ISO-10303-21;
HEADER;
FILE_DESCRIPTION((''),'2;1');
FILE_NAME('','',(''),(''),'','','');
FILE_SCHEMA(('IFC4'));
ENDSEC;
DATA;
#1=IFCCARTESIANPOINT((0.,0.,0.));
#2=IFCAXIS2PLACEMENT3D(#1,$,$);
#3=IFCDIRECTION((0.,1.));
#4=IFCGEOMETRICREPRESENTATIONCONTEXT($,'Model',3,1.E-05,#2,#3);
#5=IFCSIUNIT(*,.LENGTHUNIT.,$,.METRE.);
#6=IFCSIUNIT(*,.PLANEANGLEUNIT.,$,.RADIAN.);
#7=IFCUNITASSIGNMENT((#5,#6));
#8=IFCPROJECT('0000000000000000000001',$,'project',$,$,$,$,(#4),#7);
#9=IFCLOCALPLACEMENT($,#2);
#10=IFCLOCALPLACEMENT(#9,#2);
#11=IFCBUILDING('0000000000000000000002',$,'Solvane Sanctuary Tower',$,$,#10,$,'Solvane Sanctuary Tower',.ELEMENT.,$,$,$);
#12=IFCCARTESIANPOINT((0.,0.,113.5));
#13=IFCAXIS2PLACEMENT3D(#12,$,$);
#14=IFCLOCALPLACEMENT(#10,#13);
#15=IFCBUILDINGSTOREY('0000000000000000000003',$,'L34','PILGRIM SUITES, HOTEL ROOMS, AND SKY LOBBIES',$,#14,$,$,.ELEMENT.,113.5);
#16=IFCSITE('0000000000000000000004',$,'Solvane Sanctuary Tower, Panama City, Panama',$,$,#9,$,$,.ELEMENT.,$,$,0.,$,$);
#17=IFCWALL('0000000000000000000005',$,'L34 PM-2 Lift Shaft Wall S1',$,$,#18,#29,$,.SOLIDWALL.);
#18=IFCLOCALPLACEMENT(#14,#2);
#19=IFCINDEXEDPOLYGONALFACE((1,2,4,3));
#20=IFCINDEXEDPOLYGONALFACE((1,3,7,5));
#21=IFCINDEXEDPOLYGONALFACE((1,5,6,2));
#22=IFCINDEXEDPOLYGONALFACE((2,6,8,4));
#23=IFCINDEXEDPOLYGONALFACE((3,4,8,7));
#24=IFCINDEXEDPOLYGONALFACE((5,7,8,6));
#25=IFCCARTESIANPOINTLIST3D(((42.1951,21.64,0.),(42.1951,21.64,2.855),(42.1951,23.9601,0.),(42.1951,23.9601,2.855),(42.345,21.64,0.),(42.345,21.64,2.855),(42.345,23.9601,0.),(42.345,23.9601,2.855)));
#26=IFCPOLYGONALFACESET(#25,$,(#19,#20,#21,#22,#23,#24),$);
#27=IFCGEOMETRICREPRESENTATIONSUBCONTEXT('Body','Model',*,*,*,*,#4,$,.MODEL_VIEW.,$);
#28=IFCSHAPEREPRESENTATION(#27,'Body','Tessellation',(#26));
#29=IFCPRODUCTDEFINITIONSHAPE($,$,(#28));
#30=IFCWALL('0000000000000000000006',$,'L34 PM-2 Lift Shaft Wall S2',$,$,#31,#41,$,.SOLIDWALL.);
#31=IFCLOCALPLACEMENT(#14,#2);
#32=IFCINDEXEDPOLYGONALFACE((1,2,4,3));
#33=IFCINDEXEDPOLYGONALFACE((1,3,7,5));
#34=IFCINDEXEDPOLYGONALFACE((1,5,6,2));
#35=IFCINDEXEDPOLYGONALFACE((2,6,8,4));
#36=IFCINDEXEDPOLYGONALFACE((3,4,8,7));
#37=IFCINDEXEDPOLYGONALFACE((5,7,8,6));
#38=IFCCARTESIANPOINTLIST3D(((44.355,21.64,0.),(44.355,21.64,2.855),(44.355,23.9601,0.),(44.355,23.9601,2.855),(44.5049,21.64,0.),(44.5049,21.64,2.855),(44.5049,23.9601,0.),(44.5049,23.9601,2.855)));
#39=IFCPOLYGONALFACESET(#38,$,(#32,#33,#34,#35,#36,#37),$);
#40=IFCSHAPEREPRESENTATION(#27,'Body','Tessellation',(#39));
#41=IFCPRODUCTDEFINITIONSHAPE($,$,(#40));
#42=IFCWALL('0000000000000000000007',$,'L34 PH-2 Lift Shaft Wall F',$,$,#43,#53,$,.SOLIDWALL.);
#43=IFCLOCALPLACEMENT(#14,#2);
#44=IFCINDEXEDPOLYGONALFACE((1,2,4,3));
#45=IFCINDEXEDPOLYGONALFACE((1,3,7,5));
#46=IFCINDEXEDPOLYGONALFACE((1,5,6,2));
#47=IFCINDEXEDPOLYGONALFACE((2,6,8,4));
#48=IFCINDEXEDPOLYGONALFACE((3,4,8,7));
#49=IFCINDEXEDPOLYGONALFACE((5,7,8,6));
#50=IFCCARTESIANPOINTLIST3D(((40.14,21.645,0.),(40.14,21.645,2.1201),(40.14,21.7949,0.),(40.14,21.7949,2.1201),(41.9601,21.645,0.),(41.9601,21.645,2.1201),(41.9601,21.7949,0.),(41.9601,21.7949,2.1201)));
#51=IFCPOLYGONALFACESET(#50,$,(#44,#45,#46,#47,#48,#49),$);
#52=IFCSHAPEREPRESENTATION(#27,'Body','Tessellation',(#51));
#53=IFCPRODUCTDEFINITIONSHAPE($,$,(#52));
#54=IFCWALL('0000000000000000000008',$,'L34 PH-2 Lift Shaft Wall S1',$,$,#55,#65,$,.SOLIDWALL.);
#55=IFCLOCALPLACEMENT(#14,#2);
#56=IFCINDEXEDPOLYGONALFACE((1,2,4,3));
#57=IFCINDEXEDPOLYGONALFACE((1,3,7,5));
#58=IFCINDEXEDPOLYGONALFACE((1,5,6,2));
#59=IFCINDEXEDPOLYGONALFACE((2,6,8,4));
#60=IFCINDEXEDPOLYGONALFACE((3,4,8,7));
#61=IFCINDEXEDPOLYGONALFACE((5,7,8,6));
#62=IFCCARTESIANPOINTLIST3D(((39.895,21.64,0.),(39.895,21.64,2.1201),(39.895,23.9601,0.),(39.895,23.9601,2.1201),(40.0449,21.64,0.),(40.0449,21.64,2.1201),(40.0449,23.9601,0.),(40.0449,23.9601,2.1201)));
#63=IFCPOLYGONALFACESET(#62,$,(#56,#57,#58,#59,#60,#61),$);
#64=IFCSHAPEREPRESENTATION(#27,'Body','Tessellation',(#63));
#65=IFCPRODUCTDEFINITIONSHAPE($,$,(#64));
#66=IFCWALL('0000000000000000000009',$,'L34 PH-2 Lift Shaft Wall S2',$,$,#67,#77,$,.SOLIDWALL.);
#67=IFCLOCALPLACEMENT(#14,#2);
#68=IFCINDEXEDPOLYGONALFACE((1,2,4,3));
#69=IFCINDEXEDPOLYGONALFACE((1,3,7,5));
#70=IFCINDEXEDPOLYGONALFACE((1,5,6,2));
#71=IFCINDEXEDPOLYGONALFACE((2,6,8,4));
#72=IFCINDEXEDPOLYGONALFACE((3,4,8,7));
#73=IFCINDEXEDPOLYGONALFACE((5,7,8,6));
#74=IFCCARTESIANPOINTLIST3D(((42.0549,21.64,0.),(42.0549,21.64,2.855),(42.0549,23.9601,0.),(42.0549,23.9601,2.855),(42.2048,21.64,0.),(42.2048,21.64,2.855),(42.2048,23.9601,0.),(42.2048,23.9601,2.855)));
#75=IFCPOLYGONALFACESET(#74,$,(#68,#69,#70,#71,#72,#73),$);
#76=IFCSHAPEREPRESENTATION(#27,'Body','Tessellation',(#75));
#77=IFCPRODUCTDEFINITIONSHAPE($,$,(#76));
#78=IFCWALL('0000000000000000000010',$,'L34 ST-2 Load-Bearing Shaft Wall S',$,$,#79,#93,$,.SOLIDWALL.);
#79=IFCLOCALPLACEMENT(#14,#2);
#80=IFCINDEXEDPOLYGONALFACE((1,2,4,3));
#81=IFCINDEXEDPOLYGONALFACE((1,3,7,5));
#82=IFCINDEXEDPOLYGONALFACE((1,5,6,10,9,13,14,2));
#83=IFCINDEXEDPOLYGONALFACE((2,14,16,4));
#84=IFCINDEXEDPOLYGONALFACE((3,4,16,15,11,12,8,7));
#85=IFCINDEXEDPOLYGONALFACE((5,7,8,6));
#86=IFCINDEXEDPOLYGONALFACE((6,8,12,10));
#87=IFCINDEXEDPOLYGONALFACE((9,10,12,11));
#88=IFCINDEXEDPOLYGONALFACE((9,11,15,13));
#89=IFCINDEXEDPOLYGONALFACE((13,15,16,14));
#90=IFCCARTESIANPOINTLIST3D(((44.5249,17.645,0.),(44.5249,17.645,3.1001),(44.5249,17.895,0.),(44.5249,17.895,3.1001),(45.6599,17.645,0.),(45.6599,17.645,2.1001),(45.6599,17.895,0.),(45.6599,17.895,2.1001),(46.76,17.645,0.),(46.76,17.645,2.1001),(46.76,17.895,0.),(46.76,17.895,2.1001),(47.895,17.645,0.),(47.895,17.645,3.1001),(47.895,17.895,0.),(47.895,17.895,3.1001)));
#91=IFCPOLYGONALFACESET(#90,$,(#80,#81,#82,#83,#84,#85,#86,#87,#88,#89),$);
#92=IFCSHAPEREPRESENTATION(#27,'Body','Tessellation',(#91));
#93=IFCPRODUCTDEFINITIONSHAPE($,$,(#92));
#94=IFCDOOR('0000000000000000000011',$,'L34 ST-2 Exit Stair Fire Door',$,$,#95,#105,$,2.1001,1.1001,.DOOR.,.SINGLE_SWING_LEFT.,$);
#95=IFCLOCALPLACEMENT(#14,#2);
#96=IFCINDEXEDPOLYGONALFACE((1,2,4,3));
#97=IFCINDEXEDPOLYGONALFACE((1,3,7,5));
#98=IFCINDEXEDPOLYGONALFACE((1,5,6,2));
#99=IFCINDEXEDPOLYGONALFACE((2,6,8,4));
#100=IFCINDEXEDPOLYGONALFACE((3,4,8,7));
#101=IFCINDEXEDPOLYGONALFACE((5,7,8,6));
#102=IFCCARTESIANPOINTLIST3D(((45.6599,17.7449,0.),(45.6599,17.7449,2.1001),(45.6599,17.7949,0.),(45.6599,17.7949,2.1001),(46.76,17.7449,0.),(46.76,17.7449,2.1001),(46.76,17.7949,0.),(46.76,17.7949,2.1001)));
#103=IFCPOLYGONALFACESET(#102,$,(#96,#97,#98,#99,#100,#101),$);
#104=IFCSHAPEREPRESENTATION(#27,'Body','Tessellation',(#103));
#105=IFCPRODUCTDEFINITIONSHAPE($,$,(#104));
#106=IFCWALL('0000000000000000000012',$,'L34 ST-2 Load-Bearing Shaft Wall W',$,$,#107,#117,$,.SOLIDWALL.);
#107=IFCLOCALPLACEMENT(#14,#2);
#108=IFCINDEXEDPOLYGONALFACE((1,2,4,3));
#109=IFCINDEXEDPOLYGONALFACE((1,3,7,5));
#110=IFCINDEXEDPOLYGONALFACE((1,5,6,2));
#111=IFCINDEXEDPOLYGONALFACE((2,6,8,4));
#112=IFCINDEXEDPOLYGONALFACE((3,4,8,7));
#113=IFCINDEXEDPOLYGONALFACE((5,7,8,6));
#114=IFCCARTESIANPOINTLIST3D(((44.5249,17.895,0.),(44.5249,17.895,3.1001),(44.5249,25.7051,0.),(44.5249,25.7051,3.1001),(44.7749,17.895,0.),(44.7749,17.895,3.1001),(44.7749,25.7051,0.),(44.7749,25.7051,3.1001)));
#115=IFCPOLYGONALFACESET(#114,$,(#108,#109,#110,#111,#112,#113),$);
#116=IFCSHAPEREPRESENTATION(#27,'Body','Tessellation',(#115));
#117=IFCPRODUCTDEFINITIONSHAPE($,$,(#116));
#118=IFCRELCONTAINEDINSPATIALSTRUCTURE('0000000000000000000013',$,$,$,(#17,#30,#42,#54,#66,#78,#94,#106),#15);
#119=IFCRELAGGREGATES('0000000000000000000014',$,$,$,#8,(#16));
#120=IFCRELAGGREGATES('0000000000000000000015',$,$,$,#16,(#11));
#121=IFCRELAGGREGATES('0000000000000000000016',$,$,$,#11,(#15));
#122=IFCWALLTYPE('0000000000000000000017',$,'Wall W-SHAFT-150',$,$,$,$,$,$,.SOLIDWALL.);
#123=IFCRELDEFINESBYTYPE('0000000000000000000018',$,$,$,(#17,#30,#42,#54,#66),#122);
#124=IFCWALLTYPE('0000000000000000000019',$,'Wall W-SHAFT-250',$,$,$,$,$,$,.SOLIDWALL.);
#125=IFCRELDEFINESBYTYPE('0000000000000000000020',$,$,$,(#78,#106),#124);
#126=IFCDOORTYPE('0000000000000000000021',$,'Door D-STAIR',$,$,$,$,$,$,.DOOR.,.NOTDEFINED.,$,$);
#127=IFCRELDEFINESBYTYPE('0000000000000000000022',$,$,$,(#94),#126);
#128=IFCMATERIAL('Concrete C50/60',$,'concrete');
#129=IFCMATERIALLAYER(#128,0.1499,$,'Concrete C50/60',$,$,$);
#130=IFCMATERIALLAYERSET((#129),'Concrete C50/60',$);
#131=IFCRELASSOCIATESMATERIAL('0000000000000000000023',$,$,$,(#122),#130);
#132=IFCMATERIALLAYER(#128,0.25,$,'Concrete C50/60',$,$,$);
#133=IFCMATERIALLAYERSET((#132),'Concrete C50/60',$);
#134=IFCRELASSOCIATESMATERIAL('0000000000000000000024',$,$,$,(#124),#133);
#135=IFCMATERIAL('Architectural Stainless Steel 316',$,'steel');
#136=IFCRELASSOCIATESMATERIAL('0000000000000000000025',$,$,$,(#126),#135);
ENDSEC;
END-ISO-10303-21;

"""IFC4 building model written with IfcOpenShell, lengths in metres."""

from ifc_helpers import new_model, si_unit, direction, frame, frame_2d, origin, place, context, subcontext, project, spatial, rectangle, extrude, material, layer, layer_set, type_object, element, fill, save


model = new_model("IFC4")

# Units and contexts
model_context = context("Model", 3, precision=1e-05, world=origin(), true_north=direction((0.0, 1.0)))
body_context = subcontext(model_context, "Body", "Model", "MODEL_VIEW")
ifc_project = project(units=[si_unit("LENGTHUNIT", "METRE"), si_unit("PLANEANGLEUNIT", "RADIAN")], contexts=[model_context])

# Site, building, storey
site_placement = place(None, origin())
site = spatial("IfcSite", under=ifc_project, at=site_placement, Name="Solvane Sanctuary Tower, Panama City, Panama", CompositionType="ELEMENT", RefElevation=0.0)
building_placement = place(site_placement, origin())
building = spatial("IfcBuilding", under=site, at=building_placement, Name="Solvane Sanctuary Tower", LongName="Solvane Sanctuary Tower", CompositionType="ELEMENT")
storey_placement = place(building_placement, frame((0.0, 0.0, 113.5)))
storey = spatial("IfcBuildingStorey", under=building, at=storey_placement, Name="L34", Description="PILGRIM SUITES, HOTEL ROOMS, AND SKY LOBBIES", CompositionType="ELEMENT", Elevation=113.5)

# Shared definitions
ifc_material_1 = material(Name="Architectural Stainless Steel 316", Category="steel")

# Shared definitions
ifc_material_2 = material(Name="Concrete C50/60", Category="concrete")
ifc_layer_1 = layer(ifc_material_2, 0.1499, Name="Concrete C50/60")
ifc_layer_set_1 = layer_set([ifc_layer_1], Name="Concrete C50/60")
wall_type_1 = type_object("IfcWallType", Name="Wall W-SHAFT-150", PredefinedType="SOLIDWALL", material=ifc_layer_set_1)

# Walls
for number, where, z_axis, x_axis, name in (
    (1, (42.27, 21.6399, 0.0), (0.0, 0.0, 1.0), (0.0, 1.0, 0.0), "L34 PM-2 Lift Shaft Wall S1"),
    (2, (44.4299, 21.6399, 0.0), (0.0, 0.0, 1.0), (0.0, 1.0, 0.0), "L34 PM-2 Lift Shaft Wall S2"),
):
    element("IfcWall", number, at=place(storey_placement, frame(where, z_axis=z_axis, x_axis=x_axis)), inside=storey, type_object=wall_type_1, Name=name, PredefinedType="SOLIDWALL", context=body_context, shape_type="SweptSolid", body=[
        extrude(rectangle(XDim=2.3201, YDim=0.1499, at=frame_2d((1.1602, 0.0))), origin(), (0.0, 0.0, 1.0), 2.855),
    ])
wall_1_placement = place(storey_placement, frame((40.1399, 21.72, 0.0), z_axis=(0.0, 0.0, 1.0), x_axis=(1.0, 0.0, 0.0)))
element("IfcWall", 3, at=wall_1_placement, inside=storey, type_object=wall_type_1, Name="L34 PH-2 Lift Shaft Wall F", PredefinedType="SOLIDWALL", context=body_context, shape_type="SweptSolid", body=[
    extrude(rectangle(XDim=1.8201, YDim=0.1499, at=frame_2d((0.9102, 0.0))), origin(), (0.0, 0.0, 1.0), 2.1201),
])
wall_2_placement = place(storey_placement, frame((39.97, 21.6399, 0.0), z_axis=(0.0, 0.0, 1.0), x_axis=(0.0, 1.0, 0.0)))
element("IfcWall", 4, at=wall_2_placement, inside=storey, type_object=wall_type_1, Name="L34 PH-2 Lift Shaft Wall S1", PredefinedType="SOLIDWALL", context=body_context, shape_type="SweptSolid", body=[
    extrude(rectangle(XDim=2.3201, YDim=0.1499, at=frame_2d((1.1602, 0.0))), origin(), (0.0, 0.0, 1.0), 2.1201),
])
wall_3_placement = place(storey_placement, frame((42.1299, 21.6399, 0.0), z_axis=(0.0, 0.0, 1.0), x_axis=(0.0, 1.0, 0.0)))
element("IfcWall", 5, at=wall_3_placement, inside=storey, type_object=wall_type_1, Name="L34 PH-2 Lift Shaft Wall S2", PredefinedType="SOLIDWALL", context=body_context, shape_type="SweptSolid", body=[
    extrude(rectangle(XDim=2.3201, YDim=0.1499, at=frame_2d((1.1602, 0.0))), origin(), (0.0, 0.0, 1.0), 2.855),
])

# Wall, opening, door
ifc_layer_2 = layer(ifc_material_2, 0.25, Name="Concrete C50/60")
ifc_layer_set_2 = layer_set([ifc_layer_2], Name="Concrete C50/60")
wall_type_2 = type_object("IfcWallType", Name="Wall W-SHAFT-250", PredefinedType="SOLIDWALL", material=ifc_layer_set_2)
wall_4_placement = place(storey_placement, frame((44.5249, 17.77, 0.0), z_axis=(0.0, 0.0, 1.0), x_axis=(1.0, 0.0, 0.0)))
wall_4 = element("IfcWall", 6, at=wall_4_placement, inside=storey, type_object=wall_type_2, Name="L34 ST-2 Load-Bearing Shaft Wall S", PredefinedType="SOLIDWALL", context=body_context, shape_type="SweptSolid", body=[
    extrude(rectangle(XDim=3.3701, YDim=0.25, at=frame_2d((1.6851, 0.0))), origin(), (0.0, 0.0, 1.0), 3.1001),
])
opening_1_placement = place(wall_4_placement, frame((1.135, 0.0, 0.0)))
opening_1 = element("IfcOpeningElement", 7, at=opening_1_placement, cuts=wall_4, PredefinedType="OPENING", context=body_context, shape_type="SweptSolid", body=[
    extrude(rectangle(XDim=1.1001, YDim=2.1001, at=frame_2d((0.55, 1.05))), frame((0.0, 0.135, 0.0), z_axis=(0.0, -1.0, 0.0), x_axis=(1.0, 0.0, 0.0)), (0.0, 0.0, 1.0), 0.27),
])
door_type_1 = type_object("IfcDoorType", Name="Door D-STAIR", OperationType="NOTDEFINED", PredefinedType="DOOR", material=ifc_material_1)
door_1_placement = place(opening_1_placement, origin())
door_1 = element("IfcDoor", 8, at=door_1_placement, inside=storey, type_object=door_type_1, Name="L34 ST-2 Exit Stair Fire Door", OperationType="SINGLE_SWING_LEFT", OverallHeight=2.1001, OverallWidth=1.1001, PredefinedType="DOOR", context=body_context, shape_type="SweptSolid", body=[
    extrude(rectangle(XDim=1.1001, YDim=2.1001, at=frame_2d((0.55, 1.05))), frame((0.0, 0.0249, 0.0), z_axis=(0.0, -1.0, 0.0), x_axis=(1.0, 0.0, 0.0)), (0.0, 0.0, 1.0), 0.05),
])
fill(opening_1, door_1)

# Wall
wall_5_placement = place(storey_placement, frame((44.6499, 17.895, 0.0), z_axis=(0.0, 0.0, 1.0), x_axis=(0.0, 1.0, 0.0)))
element("IfcWall", 9, at=wall_5_placement, inside=storey, type_object=wall_type_2, Name="L34 ST-2 Load-Bearing Shaft Wall W", PredefinedType="SOLIDWALL", context=body_context, shape_type="SweptSolid", body=[
    extrude(rectangle(XDim=7.8101, YDim=0.25, at=frame_2d((3.905, 0.0))), origin(), (0.0, 0.0, 1.0), 3.1001),
])

save(model, "model.ifc")
